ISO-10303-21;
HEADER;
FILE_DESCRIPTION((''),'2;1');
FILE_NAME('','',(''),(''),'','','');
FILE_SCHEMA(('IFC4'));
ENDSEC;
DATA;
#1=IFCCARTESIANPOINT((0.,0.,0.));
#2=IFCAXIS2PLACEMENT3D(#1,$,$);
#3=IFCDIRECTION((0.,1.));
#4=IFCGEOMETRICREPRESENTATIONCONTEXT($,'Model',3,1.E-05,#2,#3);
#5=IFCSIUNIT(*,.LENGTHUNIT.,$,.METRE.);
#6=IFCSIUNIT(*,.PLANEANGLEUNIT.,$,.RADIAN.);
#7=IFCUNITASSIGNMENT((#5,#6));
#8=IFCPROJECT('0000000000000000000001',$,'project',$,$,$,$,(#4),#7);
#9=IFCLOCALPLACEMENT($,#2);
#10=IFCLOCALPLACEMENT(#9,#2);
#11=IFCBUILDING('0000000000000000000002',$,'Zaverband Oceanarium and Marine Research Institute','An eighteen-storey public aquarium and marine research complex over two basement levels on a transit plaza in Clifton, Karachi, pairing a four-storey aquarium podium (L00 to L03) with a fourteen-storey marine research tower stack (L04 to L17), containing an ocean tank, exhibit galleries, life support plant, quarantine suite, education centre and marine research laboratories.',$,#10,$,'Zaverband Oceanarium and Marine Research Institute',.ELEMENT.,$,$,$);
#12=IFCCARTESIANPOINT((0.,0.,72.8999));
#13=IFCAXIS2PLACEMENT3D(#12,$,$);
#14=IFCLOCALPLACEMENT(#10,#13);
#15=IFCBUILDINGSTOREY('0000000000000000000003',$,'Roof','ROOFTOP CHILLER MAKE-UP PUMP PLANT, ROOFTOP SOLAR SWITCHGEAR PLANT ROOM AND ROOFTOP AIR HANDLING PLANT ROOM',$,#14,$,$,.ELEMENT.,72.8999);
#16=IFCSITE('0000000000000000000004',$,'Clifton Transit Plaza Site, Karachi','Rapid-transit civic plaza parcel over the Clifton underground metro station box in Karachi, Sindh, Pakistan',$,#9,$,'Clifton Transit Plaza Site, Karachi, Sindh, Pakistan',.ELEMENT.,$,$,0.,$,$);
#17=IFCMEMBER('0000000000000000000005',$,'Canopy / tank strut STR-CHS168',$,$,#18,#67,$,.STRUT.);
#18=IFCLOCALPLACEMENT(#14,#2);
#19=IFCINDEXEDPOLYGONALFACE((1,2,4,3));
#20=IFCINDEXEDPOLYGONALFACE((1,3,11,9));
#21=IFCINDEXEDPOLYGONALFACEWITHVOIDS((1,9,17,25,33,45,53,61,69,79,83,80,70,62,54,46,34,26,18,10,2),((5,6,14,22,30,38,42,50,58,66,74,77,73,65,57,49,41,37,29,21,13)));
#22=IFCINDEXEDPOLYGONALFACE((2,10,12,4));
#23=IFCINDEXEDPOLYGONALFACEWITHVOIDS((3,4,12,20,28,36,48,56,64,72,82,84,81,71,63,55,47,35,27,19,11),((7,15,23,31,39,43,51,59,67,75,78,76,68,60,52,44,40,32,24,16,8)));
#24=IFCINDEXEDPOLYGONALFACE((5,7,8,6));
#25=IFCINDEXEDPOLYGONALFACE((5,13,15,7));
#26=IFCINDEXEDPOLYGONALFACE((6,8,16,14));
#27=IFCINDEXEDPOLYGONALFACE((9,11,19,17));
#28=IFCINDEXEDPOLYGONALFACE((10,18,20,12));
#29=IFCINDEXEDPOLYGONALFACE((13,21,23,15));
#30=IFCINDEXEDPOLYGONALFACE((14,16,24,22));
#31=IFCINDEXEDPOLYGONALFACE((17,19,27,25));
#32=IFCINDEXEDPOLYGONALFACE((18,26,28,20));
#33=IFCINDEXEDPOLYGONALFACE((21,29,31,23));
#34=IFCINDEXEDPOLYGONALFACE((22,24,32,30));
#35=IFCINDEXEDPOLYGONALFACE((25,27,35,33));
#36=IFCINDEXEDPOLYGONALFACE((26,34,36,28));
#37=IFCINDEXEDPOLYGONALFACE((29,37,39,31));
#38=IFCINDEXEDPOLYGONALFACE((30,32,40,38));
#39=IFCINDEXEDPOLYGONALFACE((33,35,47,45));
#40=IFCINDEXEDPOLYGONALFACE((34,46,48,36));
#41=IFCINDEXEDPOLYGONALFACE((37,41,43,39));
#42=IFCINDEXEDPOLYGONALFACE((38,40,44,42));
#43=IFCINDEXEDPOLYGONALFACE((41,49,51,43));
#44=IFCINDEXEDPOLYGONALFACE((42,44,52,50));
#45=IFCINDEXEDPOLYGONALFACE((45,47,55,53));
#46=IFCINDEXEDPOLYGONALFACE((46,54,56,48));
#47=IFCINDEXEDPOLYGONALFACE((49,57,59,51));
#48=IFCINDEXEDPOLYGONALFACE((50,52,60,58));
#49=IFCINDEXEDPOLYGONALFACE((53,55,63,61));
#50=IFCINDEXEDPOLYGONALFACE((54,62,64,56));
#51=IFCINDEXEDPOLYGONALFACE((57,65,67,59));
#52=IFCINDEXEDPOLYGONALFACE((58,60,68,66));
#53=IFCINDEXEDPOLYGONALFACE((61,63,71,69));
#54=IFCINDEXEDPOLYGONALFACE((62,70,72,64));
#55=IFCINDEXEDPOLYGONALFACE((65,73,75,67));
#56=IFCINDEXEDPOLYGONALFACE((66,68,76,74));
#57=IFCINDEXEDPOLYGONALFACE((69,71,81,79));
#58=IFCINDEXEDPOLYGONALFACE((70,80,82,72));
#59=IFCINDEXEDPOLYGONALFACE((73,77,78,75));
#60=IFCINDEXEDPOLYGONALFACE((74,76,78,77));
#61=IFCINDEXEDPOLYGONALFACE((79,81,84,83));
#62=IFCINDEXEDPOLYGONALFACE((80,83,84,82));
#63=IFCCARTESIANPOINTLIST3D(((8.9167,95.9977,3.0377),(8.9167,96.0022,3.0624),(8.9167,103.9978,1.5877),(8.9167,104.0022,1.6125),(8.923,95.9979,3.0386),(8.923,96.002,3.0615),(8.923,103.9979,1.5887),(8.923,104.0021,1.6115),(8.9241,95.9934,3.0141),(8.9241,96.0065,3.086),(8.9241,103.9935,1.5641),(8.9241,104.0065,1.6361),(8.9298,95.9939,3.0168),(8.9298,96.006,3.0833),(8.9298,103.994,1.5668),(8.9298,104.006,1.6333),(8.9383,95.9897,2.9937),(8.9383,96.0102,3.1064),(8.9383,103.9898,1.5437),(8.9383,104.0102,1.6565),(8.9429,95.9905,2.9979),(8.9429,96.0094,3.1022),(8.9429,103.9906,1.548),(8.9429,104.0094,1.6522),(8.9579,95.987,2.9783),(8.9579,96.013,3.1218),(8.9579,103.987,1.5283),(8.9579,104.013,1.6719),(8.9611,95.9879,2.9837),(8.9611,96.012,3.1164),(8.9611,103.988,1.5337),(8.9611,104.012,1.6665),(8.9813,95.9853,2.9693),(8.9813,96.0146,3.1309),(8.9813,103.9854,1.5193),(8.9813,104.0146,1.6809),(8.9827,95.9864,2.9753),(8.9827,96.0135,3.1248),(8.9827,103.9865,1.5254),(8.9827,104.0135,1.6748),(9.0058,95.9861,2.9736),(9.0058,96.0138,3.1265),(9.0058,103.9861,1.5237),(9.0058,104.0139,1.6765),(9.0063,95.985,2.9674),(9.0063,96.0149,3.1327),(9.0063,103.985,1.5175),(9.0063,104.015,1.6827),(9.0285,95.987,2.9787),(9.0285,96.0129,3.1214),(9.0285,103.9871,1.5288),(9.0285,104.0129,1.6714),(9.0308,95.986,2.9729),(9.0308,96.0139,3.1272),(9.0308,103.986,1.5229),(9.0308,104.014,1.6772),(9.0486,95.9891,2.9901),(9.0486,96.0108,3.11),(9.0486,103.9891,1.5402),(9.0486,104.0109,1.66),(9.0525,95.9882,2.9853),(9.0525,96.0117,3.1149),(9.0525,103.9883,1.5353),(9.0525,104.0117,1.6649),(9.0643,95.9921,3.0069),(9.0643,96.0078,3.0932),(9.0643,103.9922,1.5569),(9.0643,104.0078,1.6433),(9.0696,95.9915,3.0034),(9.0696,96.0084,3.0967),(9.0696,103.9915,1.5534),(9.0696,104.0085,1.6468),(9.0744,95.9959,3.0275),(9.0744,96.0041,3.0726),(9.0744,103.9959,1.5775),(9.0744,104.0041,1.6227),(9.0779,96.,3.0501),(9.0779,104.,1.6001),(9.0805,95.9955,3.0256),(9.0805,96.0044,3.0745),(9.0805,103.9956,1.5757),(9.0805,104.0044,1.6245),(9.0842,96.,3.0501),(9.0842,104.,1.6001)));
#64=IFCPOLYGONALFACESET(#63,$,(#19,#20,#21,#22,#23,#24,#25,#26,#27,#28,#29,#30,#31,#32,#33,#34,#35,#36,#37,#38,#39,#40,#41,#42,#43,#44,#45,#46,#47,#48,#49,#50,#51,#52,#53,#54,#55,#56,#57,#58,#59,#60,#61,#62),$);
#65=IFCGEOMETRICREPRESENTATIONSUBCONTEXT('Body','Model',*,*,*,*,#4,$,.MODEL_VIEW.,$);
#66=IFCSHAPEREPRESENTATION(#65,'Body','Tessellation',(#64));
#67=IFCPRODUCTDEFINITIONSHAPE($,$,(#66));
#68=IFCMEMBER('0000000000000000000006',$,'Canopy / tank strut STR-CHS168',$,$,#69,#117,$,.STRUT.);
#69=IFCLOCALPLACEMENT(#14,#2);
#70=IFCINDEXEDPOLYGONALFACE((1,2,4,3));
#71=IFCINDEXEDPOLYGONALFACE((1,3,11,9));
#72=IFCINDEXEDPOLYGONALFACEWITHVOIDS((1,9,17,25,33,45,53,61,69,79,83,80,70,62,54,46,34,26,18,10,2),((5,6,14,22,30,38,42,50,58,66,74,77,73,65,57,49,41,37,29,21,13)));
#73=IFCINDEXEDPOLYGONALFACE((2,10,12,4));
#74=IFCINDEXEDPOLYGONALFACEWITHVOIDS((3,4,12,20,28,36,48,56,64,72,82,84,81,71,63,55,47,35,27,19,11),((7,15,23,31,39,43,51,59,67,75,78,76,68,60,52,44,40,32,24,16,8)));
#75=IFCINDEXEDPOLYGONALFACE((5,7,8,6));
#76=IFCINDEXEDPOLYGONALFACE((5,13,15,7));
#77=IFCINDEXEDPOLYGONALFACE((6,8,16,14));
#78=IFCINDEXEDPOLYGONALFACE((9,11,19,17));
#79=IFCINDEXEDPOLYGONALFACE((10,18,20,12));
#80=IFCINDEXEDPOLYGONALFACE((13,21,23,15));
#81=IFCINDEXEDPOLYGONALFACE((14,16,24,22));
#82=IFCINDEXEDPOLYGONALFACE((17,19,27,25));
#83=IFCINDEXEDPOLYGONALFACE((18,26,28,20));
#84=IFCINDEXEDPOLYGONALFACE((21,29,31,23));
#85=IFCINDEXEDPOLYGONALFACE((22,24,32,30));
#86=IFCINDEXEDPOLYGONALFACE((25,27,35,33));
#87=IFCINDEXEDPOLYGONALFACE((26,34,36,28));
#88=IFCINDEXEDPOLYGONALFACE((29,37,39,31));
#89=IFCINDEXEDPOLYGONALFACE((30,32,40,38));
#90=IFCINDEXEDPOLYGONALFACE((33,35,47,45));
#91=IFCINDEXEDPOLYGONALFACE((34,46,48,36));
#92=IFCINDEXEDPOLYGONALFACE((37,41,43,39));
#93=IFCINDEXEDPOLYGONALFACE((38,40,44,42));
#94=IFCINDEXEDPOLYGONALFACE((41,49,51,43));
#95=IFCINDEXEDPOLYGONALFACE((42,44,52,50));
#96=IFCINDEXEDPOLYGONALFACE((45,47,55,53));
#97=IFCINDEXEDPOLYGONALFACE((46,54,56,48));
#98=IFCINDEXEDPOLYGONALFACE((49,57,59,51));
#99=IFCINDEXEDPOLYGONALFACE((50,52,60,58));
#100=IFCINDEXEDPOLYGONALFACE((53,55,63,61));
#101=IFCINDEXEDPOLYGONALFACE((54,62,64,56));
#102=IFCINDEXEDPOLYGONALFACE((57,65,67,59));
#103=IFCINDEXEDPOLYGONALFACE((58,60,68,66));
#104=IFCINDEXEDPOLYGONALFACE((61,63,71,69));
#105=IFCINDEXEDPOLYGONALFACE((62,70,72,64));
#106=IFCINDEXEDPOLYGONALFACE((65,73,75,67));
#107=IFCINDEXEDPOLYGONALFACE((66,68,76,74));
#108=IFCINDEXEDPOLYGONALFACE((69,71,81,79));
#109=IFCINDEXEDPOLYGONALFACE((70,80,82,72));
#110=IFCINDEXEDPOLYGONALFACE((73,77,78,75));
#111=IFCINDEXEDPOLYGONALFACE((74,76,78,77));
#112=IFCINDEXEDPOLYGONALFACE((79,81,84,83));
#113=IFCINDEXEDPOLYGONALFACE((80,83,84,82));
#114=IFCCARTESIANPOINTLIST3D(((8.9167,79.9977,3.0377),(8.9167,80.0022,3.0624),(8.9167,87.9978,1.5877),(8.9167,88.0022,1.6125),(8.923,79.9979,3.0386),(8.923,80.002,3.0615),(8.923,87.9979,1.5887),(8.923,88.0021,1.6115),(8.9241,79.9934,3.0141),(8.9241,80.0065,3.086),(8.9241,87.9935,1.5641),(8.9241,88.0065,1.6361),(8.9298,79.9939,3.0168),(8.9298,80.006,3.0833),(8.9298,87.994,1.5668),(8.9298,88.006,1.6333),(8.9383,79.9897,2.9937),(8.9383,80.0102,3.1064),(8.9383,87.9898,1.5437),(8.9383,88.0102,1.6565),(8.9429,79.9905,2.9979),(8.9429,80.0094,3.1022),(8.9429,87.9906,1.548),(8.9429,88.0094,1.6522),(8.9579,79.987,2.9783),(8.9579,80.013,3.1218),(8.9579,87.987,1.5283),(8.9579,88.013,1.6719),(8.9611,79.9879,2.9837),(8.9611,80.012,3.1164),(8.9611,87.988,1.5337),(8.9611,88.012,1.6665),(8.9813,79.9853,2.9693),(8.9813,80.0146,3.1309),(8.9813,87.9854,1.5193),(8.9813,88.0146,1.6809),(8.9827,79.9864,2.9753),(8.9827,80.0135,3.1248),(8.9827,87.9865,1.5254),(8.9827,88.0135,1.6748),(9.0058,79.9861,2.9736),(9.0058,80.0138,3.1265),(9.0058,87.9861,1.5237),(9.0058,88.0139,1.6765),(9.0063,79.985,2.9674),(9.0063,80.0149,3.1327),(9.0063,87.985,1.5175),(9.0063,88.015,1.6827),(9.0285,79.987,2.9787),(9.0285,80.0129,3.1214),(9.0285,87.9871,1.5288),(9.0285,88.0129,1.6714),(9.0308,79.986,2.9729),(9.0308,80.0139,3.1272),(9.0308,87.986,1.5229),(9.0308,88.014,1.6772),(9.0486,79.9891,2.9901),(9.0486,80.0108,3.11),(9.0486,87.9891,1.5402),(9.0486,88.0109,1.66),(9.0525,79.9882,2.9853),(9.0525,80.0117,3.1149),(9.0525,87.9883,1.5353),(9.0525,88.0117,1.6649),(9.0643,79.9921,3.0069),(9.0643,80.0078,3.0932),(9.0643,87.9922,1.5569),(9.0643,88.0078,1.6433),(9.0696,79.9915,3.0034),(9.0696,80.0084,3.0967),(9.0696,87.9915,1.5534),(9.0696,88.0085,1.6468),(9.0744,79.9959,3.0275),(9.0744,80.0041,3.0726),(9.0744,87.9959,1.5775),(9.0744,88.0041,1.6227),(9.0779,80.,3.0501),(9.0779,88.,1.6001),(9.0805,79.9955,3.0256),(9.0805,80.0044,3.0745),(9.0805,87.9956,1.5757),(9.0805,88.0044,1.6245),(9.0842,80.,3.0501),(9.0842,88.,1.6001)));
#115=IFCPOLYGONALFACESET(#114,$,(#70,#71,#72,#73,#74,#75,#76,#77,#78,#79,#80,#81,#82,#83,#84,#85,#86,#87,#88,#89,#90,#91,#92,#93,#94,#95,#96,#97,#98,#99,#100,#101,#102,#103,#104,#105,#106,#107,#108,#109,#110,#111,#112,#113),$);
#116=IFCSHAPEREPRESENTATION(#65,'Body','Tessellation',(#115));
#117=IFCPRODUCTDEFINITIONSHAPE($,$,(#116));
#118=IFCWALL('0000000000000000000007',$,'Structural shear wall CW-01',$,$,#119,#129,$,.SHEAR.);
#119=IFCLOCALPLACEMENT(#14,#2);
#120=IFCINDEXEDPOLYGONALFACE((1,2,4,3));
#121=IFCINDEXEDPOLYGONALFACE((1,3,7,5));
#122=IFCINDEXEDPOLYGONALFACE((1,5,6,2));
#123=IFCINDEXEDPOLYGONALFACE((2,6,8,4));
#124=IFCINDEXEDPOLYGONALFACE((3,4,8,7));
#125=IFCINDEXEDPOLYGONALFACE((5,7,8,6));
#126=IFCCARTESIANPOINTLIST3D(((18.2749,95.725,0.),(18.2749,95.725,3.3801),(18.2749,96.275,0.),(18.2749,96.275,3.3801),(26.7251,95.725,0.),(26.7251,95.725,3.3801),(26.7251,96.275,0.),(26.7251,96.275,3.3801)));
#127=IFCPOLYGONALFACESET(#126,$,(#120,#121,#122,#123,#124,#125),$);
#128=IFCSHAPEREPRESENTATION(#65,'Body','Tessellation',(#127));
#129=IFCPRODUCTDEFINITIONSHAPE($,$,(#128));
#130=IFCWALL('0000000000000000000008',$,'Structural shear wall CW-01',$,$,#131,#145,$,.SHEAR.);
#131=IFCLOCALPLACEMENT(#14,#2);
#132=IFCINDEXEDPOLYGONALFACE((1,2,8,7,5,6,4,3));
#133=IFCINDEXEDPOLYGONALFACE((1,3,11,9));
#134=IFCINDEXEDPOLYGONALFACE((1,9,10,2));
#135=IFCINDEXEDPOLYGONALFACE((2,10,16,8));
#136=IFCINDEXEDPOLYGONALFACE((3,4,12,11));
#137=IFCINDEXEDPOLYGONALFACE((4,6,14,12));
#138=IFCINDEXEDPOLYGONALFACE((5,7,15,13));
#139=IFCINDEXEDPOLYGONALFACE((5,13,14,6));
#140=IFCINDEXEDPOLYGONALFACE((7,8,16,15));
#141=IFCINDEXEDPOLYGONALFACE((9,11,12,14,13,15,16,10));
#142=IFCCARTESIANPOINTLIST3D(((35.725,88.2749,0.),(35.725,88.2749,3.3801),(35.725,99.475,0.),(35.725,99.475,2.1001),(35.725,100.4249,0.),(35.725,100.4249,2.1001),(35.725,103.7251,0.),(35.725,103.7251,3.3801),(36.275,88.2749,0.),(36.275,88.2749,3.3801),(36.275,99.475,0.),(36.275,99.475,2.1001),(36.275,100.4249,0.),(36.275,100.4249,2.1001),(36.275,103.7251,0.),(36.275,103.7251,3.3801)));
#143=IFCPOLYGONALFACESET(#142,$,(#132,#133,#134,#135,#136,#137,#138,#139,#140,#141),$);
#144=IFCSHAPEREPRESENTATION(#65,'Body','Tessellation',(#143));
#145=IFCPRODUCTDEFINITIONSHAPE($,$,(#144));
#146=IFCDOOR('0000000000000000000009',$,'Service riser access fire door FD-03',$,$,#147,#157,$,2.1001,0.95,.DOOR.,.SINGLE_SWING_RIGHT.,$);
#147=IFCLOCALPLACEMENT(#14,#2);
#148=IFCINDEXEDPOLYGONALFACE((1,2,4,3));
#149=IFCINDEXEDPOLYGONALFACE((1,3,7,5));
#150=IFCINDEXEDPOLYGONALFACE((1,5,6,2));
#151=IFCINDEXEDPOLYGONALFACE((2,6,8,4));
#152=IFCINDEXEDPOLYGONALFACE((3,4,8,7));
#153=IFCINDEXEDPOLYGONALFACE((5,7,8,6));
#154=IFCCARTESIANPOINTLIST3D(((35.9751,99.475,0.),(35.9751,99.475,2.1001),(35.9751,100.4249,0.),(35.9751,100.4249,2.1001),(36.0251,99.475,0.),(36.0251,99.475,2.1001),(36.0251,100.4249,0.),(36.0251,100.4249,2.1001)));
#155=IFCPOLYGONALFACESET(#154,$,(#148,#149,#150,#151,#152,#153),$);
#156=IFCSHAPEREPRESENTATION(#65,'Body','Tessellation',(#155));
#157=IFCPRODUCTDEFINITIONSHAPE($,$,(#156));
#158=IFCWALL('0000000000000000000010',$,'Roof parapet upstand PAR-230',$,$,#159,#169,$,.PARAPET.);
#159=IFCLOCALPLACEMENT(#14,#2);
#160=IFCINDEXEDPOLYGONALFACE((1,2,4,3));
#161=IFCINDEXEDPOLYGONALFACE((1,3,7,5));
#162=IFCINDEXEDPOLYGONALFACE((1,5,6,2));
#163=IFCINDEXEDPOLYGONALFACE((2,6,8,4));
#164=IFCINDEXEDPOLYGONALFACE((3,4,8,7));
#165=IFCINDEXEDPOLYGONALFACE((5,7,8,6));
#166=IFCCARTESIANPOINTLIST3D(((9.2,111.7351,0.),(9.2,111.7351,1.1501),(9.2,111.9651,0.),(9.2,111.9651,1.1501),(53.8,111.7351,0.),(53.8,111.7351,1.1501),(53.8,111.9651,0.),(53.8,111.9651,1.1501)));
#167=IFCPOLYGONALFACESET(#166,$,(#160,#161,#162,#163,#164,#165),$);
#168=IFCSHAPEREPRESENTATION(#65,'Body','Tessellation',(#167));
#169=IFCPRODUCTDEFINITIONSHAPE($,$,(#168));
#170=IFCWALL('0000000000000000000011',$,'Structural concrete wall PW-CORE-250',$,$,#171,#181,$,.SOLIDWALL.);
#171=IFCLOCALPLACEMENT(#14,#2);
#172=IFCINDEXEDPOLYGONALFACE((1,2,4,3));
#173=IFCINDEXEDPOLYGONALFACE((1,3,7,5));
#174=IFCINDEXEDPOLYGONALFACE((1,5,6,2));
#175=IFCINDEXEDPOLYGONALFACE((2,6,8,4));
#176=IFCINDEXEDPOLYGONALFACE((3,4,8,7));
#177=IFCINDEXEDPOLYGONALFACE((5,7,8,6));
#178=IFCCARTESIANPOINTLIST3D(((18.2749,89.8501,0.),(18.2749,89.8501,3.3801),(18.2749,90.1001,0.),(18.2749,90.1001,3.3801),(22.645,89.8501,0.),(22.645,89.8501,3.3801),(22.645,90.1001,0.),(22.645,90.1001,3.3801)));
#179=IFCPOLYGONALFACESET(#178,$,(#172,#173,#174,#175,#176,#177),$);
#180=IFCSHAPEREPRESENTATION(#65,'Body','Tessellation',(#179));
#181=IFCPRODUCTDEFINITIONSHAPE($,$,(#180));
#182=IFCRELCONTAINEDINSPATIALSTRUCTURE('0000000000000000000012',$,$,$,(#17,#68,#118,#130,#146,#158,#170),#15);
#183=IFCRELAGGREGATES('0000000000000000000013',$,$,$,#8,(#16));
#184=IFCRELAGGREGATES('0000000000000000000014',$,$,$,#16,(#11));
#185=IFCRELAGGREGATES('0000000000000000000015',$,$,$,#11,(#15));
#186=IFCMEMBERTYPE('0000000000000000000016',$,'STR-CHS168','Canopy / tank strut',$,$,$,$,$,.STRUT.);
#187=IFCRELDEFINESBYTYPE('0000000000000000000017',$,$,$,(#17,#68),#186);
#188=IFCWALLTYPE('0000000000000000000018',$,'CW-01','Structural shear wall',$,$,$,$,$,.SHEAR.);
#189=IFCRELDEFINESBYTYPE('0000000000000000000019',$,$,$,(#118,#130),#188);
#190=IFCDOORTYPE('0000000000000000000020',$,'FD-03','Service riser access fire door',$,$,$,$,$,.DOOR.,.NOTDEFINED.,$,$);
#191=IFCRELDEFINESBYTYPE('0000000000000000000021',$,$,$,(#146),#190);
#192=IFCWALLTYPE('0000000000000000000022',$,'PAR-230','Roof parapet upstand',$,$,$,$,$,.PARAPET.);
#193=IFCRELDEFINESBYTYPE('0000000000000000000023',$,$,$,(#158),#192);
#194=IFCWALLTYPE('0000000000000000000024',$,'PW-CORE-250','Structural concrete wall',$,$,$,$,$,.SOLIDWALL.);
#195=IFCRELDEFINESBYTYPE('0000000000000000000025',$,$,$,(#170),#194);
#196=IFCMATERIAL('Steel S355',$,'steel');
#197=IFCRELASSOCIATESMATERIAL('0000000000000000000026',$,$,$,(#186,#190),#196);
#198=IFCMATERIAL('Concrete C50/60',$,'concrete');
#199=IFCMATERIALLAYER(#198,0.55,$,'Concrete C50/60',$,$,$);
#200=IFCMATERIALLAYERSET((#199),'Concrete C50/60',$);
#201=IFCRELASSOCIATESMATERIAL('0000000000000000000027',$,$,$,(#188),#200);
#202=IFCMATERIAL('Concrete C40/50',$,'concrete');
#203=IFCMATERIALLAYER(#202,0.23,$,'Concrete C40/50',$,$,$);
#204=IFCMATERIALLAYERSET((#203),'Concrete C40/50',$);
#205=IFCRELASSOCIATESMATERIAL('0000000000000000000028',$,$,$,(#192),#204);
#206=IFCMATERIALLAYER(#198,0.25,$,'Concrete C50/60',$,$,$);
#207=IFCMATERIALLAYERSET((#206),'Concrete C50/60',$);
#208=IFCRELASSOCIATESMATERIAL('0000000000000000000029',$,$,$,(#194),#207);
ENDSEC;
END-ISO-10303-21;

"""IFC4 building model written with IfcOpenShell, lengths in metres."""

from ifc_helpers import new_model, si_unit, direction, frame, frame_2d, origin, origin_2d, place, context, subcontext, project, spatial, rectangle, hollow_circle, extrude, material, layer, layer_set, material_profile, profile_set, type_object, element, fill, save


model = new_model("IFC4")

# Units and contexts
model_context = context("Model", 3, precision=1e-05, world=origin(), true_north=direction((0.0, 1.0)))
body_context = subcontext(model_context, "Body", "Model", "MODEL_VIEW")
ifc_project = project(units=[si_unit("LENGTHUNIT", "METRE"), si_unit("PLANEANGLEUNIT", "RADIAN")], contexts=[model_context])

# Site, building, storey
site_placement = place(None, origin())
site = spatial("IfcSite", under=ifc_project, at=site_placement, Name="Clifton Transit Plaza Site, Karachi", Description="Rapid-transit civic plaza parcel over the Clifton underground metro station box in Karachi, Sindh, Pakistan", LongName="Clifton Transit Plaza Site, Karachi, Sindh, Pakistan", CompositionType="ELEMENT", RefElevation=0.0)
building_placement = place(site_placement, origin())
building = spatial("IfcBuilding", under=site, at=building_placement, Name="Zaverband Oceanarium and Marine Research Institute", Description="An eighteen-storey public aquarium and marine research complex over two basement levels on a transit plaza in Clifton, Karachi, pairing a four-storey aquarium podium (L00 to L03) with a fourteen-storey marine research tower stack (L04 to L17), containing an ocean tank, exhibit galleries, life support plant, quarantine suite, education centre and marine research laboratories.", LongName="Zaverband Oceanarium and Marine Research Institute", CompositionType="ELEMENT")
storey_placement = place(building_placement, frame((0.0, 0.0, 72.8999)))
storey = spatial("IfcBuildingStorey", under=building, at=storey_placement, Name="Roof", Description="ROOFTOP CHILLER MAKE-UP PUMP PLANT, ROOFTOP SOLAR SWITCHGEAR PLANT ROOM AND ROOFTOP AIR HANDLING PLANT ROOM", CompositionType="ELEMENT", Elevation=72.8999)

# Shared definitions
ifc_material_1 = material(Name="Concrete C50/60", Category="concrete")

# Shared definitions
ifc_material_2 = material(Name="Steel S355", Category="steel")

# Members
ifc_material_profile_1 = material_profile(ifc_material_2, hollow_circle(Radius=0.0842, WallThickness=0.0063, at=origin_2d()), Name="CHS168x6.3")
ifc_profile_set_1 = profile_set([ifc_material_profile_1], Name="Steel S355")
member_type_1 = type_object("IfcMemberType", Name="STR-CHS168", Description="Canopy / tank strut", PredefinedType="STRUT", material=ifc_profile_set_1)
for number, where, z_axis, x_axis, name in (
    (1, (9.0, 104.0, 1.6001), (0.0, -0.983969, 0.178338), (1.0, 0.0, 0.0), "Canopy / tank strut STR-CHS168"),
    (2, (9.0, 88.0, 1.6001), (0.0, -0.983969, 0.178338), (1.0, 0.0, 0.0), "Canopy / tank strut STR-CHS168"),
):
    element("IfcMember", number, at=place(storey_placement, frame(where, z_axis=z_axis, x_axis=x_axis)), inside=storey, type_object=member_type_1, Name=name, PredefinedType="STRUT", context=body_context, shape_type="SweptSolid", body=[
        extrude(hollow_circle(Radius=0.0842, WallThickness=0.0063, at=origin_2d()), origin(), (0.0, 0.0, 1.0), 8.1304),
    ])

# Wall
ifc_layer_1 = layer(ifc_material_1, 0.55, Name="Concrete C50/60")
ifc_layer_set_1 = layer_set([ifc_layer_1], Name="Concrete C50/60")
wall_type_1 = type_object("IfcWallType", Name="CW-01", Description="Structural shear wall", PredefinedType="SHEAR", material=ifc_layer_set_1)
wall_1_placement = place(storey_placement, frame((18.2749, 96.0, 0.0), z_axis=(0.0, 0.0, 1.0), x_axis=(1.0, 0.0, 0.0)))
element("IfcWall", 3, at=wall_1_placement, inside=storey, type_object=wall_type_1, Name="Structural shear wall CW-01", PredefinedType="SHEAR", context=body_context, shape_type="SweptSolid", body=[
    extrude(rectangle(XDim=8.4502, YDim=0.55, at=frame_2d((4.2251, 0.0))), origin(), (0.0, 0.0, 1.0), 3.3801),
])

# Wall, opening, door
wall_2_placement = place(storey_placement, frame((36.0, 88.2749, 0.0), z_axis=(0.0, 0.0, 1.0), x_axis=(0.0, 1.0, 0.0)))
wall_2 = element("IfcWall", 4, at=wall_2_placement, inside=storey, type_object=wall_type_1, Name="Structural shear wall CW-01", PredefinedType="SHEAR", context=body_context, shape_type="SweptSolid", body=[
    extrude(rectangle(XDim=15.4502, YDim=0.55, at=frame_2d((7.7251, 0.0))), origin(), (0.0, 0.0, 1.0), 3.3801),
])
opening_1_placement = place(wall_2_placement, frame((11.2, 0.0, 0.0)))
opening_1 = element("IfcOpeningElement", 5, at=opening_1_placement, cuts=wall_2, PredefinedType="OPENING", context=body_context, shape_type="SweptSolid", body=[
    extrude(rectangle(XDim=0.95, YDim=2.1001, at=frame_2d((0.4751, 1.05))), frame((0.0, 0.2871, 0.0), z_axis=(0.0, -1.0, 0.0), x_axis=(1.0, 0.0, 0.0)), (0.0, 0.0, 1.0), 0.574),
])
door_type_1 = type_object("IfcDoorType", Name="FD-03", Description="Service riser access fire door", OperationType="NOTDEFINED", PredefinedType="DOOR", material=ifc_material_2)
door_1_placement = place(opening_1_placement, origin())
door_1 = element("IfcDoor", 6, at=door_1_placement, inside=storey, type_object=door_type_1, Name="Service riser access fire door FD-03", OperationType="SINGLE_SWING_RIGHT", OverallHeight=2.1001, OverallWidth=0.95, PredefinedType="DOOR", context=body_context, shape_type="SweptSolid", body=[
    extrude(rectangle(XDim=0.95, YDim=2.1001, at=frame_2d((0.4751, 1.05))), frame((0.0, 0.0249, 0.0), z_axis=(0.0, -1.0, 0.0), x_axis=(1.0, 0.0, 0.0)), (0.0, 0.0, 1.0), 0.05),
])
fill(opening_1, door_1)

# Walls
ifc_material_3 = material(Name="Concrete C40/50", Category="concrete")
ifc_layer_2 = layer(ifc_material_3, 0.23, Name="Concrete C40/50")
ifc_layer_set_2 = layer_set([ifc_layer_2], Name="Concrete C40/50")
wall_type_2 = type_object("IfcWallType", Name="PAR-230", Description="Roof parapet upstand", PredefinedType="PARAPET", material=ifc_layer_set_2)
wall_3_placement = place(storey_placement, frame((9.2, 111.8501, 0.0), z_axis=(0.0, 0.0, 1.0), x_axis=(1.0, 0.0, 0.0)))
element("IfcWall", 7, at=wall_3_placement, inside=storey, type_object=wall_type_2, Name="Roof parapet upstand PAR-230", PredefinedType="PARAPET", context=body_context, shape_type="SweptSolid", body=[
    extrude(rectangle(XDim=44.6001, YDim=0.23, at=frame_2d((22.3, 0.0))), origin(), (0.0, 0.0, 1.0), 1.1501),
])
ifc_layer_3 = layer(ifc_material_1, 0.25, Name="Concrete C50/60")
ifc_layer_set_3 = layer_set([ifc_layer_3], Name="Concrete C50/60")
wall_type_3 = type_object("IfcWallType", Name="PW-CORE-250", Description="Structural concrete wall", PredefinedType="SOLIDWALL", material=ifc_layer_set_3)
wall_4_placement = place(storey_placement, frame((18.2749, 89.9751, 0.0), z_axis=(0.0, 0.0, 1.0), x_axis=(1.0, 0.0, 0.0)))
element("IfcWall", 8, at=wall_4_placement, inside=storey, type_object=wall_type_3, Name="Structural concrete wall PW-CORE-250", PredefinedType="SOLIDWALL", context=body_context, shape_type="SweptSolid", body=[
    extrude(rectangle(XDim=4.3701, YDim=0.25, at=frame_2d((2.1851, 0.0))), origin(), (0.0, 0.0, 1.0), 3.3801),
])

save(model, "model.ifc")
